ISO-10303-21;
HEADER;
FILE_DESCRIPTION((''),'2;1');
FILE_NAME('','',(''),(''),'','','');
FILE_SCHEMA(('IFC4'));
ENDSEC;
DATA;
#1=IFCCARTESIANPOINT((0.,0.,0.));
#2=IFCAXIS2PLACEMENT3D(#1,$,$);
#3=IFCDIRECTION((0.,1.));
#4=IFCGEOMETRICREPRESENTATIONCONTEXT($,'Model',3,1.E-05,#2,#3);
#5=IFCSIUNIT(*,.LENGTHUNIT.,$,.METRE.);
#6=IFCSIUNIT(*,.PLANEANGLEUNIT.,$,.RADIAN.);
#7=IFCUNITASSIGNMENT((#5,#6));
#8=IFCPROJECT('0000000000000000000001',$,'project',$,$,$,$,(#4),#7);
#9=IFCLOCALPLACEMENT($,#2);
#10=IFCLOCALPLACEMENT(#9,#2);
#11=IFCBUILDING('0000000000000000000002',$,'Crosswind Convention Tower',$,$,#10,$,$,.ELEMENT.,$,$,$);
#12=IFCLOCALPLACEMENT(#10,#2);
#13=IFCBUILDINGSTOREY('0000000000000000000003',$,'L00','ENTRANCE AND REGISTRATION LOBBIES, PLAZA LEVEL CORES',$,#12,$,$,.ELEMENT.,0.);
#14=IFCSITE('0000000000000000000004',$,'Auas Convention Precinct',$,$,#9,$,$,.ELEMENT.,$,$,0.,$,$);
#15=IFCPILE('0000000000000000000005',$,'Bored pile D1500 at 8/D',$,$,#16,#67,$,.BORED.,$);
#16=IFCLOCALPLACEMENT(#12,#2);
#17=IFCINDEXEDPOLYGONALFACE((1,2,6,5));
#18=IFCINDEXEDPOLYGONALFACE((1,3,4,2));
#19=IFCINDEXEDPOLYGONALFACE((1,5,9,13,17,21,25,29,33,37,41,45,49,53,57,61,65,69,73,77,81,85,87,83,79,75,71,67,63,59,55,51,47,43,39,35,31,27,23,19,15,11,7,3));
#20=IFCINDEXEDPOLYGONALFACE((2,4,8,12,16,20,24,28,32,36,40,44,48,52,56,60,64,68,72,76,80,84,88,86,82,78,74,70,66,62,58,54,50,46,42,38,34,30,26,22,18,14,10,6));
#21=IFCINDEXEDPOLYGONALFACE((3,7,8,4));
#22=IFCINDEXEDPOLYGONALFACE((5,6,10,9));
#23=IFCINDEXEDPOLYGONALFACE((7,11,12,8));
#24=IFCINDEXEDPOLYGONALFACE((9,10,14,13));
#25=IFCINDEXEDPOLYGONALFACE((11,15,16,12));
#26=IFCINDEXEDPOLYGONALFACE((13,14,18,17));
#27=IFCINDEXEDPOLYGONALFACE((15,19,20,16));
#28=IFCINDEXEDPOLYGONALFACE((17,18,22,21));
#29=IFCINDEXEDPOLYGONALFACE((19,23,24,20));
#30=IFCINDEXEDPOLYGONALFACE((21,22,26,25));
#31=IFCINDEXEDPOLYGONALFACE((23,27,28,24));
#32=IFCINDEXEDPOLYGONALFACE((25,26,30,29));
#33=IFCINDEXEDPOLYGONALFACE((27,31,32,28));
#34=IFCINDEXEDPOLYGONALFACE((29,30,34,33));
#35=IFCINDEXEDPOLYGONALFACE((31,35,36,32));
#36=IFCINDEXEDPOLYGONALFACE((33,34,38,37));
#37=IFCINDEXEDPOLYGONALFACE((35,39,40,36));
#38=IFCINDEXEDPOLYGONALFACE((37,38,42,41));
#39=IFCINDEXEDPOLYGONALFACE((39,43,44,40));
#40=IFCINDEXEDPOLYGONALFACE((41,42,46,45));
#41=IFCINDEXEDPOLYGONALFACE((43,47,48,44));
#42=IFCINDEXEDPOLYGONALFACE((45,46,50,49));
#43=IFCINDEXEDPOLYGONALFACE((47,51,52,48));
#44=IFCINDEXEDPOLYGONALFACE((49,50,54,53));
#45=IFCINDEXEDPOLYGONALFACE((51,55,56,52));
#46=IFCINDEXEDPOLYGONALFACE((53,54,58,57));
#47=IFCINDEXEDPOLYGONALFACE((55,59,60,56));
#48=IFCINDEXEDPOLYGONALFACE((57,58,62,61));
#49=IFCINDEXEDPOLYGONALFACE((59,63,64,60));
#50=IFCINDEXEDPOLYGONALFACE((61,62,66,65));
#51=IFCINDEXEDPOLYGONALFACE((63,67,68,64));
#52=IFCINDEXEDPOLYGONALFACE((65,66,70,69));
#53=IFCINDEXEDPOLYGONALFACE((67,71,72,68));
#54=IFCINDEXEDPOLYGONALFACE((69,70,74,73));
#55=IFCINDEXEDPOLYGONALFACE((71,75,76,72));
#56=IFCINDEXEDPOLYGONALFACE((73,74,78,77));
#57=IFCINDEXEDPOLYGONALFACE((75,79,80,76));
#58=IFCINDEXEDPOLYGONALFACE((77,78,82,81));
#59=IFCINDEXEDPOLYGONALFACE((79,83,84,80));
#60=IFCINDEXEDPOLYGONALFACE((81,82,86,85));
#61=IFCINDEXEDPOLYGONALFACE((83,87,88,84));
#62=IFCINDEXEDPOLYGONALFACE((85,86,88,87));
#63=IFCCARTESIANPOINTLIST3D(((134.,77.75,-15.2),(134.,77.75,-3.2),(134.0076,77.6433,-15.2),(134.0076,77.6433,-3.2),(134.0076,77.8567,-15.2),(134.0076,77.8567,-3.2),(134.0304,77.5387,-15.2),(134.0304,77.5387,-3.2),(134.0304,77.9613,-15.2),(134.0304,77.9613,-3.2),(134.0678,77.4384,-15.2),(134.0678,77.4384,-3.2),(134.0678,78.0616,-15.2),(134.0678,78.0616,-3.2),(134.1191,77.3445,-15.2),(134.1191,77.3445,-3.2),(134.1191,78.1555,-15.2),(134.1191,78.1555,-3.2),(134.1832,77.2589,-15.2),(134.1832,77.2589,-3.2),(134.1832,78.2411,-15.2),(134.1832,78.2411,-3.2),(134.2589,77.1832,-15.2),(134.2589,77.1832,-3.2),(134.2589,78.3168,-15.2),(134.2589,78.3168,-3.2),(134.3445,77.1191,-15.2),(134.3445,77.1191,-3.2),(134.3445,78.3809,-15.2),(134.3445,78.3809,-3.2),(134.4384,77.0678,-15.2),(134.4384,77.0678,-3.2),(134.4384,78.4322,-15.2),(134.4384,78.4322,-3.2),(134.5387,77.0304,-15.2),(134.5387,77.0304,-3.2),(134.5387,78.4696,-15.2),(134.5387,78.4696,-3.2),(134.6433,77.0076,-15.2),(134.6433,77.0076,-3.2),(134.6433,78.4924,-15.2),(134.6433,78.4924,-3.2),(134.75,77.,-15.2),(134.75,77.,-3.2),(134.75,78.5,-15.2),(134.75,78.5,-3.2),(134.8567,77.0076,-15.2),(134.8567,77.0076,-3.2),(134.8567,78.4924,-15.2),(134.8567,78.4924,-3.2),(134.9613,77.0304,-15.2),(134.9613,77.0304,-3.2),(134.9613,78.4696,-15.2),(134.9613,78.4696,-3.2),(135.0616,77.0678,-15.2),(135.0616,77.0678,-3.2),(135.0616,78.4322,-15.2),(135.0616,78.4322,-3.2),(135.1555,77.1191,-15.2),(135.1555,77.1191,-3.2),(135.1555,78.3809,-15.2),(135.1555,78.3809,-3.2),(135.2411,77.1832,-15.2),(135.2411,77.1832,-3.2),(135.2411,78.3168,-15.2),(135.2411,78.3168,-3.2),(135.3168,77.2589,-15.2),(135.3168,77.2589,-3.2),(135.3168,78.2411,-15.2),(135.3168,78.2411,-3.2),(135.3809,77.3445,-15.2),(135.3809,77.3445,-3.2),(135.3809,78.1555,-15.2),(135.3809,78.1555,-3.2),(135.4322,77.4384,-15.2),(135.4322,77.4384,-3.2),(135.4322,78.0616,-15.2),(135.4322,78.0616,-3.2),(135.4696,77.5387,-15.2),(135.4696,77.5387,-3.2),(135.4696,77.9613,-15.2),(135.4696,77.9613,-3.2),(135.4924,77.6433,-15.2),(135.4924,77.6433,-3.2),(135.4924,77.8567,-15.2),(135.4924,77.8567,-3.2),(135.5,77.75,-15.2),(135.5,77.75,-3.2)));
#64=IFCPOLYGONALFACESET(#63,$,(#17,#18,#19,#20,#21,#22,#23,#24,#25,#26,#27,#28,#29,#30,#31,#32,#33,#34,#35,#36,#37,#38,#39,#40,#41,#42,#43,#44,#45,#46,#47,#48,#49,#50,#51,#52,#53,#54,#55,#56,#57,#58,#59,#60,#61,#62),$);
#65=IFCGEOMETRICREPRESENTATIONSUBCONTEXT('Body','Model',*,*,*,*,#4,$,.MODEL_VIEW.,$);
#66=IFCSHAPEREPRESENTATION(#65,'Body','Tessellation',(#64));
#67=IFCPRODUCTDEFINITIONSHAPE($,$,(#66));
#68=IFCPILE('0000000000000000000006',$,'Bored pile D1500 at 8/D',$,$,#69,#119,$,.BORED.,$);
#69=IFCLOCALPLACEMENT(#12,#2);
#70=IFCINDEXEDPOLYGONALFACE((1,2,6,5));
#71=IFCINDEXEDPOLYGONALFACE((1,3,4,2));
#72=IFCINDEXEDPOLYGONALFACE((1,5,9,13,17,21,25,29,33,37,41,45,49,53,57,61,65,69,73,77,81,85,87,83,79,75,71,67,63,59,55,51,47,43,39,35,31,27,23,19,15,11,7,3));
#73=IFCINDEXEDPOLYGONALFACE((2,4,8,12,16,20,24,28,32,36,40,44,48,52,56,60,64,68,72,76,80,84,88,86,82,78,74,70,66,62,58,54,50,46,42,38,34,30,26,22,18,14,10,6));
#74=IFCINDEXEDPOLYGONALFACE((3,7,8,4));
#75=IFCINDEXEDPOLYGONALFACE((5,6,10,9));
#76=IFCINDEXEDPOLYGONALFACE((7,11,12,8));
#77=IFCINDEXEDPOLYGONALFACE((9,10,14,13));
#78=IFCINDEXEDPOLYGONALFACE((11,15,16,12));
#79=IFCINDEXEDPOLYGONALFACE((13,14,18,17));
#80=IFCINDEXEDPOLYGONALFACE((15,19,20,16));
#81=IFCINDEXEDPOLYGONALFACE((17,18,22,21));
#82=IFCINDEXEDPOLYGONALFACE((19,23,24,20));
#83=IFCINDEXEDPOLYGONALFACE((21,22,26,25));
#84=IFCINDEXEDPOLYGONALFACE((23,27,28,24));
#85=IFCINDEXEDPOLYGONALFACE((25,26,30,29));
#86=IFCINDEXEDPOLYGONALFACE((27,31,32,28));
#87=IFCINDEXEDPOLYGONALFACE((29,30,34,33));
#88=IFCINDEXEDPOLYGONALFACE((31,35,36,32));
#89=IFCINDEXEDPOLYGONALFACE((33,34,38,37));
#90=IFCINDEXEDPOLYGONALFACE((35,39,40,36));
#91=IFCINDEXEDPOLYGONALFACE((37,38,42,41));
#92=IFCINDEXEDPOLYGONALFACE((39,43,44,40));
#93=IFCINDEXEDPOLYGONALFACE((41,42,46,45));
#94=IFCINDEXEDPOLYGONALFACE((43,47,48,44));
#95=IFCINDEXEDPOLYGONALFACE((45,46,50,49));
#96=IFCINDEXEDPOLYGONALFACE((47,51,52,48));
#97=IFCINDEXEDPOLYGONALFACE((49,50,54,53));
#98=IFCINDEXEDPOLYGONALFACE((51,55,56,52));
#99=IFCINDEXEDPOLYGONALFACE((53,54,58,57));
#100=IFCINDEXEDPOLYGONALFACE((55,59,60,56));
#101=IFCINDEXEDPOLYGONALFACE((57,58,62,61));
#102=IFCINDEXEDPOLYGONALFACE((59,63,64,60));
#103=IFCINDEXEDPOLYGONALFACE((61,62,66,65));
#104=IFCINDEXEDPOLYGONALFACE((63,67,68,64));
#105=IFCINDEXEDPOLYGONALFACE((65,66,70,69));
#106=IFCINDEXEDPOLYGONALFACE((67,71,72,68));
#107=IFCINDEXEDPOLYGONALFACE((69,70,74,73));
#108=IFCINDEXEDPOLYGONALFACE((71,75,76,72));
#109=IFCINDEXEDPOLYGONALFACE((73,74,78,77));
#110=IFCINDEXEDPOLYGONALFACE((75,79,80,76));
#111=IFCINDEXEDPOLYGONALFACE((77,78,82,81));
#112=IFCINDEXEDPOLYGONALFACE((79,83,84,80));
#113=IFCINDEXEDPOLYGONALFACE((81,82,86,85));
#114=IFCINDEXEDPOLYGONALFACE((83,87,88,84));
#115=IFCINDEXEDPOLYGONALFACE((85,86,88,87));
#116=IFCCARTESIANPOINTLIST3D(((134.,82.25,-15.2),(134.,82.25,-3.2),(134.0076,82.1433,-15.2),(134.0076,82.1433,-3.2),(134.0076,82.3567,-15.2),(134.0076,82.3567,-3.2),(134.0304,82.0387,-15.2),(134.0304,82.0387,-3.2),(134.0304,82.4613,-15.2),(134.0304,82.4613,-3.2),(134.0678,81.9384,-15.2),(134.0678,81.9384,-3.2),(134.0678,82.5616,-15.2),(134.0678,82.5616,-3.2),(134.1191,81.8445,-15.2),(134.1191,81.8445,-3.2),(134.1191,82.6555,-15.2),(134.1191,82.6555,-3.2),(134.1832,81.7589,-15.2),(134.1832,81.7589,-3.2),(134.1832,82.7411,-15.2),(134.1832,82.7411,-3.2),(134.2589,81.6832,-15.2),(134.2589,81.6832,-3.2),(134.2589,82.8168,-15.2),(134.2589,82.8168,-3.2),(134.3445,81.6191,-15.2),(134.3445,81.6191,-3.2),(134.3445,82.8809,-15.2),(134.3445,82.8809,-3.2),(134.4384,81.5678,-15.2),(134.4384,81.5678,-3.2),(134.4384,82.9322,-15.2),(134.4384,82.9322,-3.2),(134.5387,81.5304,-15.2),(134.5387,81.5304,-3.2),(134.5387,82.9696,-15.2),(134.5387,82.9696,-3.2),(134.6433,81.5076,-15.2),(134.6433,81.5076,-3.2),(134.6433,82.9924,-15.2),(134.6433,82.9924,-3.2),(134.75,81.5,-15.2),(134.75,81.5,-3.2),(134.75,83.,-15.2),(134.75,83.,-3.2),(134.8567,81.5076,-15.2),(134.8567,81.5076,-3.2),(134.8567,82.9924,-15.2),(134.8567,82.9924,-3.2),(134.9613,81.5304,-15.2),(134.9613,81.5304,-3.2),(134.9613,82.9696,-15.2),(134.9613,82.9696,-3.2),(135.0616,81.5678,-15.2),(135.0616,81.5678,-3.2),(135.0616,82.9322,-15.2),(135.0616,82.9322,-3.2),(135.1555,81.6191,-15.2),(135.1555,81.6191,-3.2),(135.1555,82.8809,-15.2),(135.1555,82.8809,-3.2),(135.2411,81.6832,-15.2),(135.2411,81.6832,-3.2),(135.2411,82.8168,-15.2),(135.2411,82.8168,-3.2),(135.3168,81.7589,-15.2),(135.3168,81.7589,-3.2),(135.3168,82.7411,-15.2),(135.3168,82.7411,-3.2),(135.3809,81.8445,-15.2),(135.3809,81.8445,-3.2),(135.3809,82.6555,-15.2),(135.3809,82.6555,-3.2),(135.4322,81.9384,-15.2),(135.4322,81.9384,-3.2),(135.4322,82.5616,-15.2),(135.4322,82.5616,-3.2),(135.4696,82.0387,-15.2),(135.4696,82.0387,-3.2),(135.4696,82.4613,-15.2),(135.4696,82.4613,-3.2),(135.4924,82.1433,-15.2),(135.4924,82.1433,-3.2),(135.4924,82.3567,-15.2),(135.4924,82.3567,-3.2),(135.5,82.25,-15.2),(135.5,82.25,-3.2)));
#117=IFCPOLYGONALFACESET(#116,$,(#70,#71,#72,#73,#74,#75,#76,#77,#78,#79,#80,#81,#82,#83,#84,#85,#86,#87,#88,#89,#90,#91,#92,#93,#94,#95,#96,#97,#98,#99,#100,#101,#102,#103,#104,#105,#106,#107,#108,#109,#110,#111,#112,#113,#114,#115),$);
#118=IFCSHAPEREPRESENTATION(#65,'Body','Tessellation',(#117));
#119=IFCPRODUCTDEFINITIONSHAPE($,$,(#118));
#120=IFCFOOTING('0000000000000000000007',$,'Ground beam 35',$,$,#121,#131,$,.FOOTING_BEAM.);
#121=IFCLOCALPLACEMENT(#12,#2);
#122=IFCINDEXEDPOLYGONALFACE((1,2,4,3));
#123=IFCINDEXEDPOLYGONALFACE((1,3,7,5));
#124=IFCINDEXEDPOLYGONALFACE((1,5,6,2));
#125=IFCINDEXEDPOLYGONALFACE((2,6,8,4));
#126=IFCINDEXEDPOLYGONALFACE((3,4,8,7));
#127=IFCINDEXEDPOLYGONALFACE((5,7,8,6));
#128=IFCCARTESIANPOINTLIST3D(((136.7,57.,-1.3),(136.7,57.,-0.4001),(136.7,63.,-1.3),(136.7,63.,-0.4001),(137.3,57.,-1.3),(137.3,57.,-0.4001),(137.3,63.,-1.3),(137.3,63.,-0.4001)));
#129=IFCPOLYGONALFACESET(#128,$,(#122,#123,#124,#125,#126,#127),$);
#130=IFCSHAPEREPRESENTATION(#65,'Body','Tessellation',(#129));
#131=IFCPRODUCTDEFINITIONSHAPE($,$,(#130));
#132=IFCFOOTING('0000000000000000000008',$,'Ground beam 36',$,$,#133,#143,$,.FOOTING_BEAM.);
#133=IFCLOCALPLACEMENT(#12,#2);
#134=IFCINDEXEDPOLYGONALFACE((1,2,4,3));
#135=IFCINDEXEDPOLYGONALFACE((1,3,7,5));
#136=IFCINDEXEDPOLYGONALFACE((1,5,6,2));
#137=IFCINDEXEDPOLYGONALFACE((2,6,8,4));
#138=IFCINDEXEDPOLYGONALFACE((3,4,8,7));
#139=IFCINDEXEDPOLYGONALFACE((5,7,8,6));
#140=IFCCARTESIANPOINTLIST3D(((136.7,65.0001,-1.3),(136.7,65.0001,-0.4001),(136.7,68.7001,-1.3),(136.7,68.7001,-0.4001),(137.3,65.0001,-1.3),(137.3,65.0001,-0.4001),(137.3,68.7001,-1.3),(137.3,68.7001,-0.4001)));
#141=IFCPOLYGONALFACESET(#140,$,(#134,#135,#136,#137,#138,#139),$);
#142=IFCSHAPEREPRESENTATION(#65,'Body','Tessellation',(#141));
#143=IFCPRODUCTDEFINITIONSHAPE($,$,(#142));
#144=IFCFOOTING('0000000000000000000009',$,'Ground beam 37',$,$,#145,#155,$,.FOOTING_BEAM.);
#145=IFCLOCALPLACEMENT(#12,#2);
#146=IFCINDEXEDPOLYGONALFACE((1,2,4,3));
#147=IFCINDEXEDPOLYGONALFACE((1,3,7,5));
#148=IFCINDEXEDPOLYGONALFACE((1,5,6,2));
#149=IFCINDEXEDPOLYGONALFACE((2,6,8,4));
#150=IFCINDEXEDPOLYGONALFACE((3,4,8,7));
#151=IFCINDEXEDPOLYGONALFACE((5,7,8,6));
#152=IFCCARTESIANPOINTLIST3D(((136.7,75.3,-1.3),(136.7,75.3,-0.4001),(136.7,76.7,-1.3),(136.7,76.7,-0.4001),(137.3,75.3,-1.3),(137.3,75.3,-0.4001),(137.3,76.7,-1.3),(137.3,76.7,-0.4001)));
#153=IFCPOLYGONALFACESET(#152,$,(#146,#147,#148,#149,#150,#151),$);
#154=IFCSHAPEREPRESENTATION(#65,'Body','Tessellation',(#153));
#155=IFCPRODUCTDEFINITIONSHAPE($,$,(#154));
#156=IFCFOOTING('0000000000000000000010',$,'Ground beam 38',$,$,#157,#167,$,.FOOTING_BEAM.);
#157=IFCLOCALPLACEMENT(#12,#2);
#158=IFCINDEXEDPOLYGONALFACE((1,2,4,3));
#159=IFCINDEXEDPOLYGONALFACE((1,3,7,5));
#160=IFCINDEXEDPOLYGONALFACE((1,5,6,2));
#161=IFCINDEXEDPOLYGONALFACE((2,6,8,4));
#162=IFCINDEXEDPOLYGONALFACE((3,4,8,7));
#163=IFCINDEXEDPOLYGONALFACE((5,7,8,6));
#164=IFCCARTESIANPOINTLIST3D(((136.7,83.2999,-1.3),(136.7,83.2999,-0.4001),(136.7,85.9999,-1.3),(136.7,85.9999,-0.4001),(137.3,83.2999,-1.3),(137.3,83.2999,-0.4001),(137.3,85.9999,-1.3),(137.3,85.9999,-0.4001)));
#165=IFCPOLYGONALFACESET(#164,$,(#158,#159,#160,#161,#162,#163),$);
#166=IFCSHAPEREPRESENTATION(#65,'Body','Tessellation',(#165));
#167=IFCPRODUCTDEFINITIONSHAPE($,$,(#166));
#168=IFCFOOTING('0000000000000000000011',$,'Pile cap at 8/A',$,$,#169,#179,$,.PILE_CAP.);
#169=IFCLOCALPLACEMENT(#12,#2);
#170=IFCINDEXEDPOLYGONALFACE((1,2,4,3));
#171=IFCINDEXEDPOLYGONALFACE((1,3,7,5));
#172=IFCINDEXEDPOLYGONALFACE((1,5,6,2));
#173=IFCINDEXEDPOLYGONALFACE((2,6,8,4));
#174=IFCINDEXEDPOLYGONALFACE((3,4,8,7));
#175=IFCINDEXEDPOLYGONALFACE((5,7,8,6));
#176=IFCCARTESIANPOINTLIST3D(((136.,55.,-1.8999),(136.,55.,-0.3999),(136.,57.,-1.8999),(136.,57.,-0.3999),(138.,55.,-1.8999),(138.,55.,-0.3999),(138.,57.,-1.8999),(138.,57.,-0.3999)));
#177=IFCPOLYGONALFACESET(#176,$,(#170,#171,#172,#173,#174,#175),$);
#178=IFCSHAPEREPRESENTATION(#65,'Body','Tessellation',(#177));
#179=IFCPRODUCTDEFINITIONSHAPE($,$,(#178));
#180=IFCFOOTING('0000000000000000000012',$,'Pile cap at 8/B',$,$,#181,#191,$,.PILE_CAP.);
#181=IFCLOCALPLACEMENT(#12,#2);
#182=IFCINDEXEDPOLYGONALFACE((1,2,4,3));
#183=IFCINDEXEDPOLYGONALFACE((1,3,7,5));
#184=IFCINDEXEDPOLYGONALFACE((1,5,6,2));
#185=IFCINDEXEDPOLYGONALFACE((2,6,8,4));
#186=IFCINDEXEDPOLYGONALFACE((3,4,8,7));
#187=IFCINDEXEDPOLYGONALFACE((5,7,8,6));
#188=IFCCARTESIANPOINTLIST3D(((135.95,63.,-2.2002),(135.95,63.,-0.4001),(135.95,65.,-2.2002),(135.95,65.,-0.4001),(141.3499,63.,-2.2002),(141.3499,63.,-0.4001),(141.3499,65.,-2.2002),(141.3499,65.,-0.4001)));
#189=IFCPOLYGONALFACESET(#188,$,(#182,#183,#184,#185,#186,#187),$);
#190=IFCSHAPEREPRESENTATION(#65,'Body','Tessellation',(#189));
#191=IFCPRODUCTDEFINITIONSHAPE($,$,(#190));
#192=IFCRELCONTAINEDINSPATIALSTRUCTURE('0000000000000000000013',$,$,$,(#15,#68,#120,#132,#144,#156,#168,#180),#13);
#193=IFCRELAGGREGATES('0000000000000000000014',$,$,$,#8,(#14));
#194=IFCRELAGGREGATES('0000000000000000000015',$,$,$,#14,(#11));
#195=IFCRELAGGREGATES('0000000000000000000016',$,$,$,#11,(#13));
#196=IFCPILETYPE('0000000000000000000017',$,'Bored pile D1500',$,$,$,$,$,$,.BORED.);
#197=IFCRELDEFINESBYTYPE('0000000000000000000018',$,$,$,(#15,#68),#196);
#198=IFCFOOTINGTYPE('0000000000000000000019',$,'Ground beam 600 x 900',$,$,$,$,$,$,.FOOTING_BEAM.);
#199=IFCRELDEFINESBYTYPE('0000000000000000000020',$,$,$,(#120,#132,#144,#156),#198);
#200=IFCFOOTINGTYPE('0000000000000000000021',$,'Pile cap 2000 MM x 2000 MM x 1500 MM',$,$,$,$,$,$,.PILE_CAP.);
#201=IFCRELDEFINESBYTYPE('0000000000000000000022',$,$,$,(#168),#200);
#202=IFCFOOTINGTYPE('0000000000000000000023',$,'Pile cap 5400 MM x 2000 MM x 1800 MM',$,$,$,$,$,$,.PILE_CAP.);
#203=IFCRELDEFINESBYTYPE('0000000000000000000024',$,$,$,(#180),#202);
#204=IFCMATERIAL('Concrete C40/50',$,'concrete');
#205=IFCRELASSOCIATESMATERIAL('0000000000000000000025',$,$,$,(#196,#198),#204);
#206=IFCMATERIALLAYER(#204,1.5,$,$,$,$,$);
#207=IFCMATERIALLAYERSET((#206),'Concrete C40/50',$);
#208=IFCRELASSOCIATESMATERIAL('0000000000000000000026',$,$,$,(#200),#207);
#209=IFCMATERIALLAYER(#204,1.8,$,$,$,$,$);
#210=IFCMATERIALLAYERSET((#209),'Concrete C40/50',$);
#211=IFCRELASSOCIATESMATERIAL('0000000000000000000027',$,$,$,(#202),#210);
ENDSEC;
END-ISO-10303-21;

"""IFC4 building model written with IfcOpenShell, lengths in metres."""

from ifc_helpers import new_model, si_unit, direction, frame, origin, origin_2d, place, context, subcontext, project, spatial, rectangle, circle, extrude, material, layer, layer_set, material_profile, profile_set, type_object, element, save


model = new_model("IFC4")

# Units and contexts
model_context = context("Model", 3, precision=1e-05, world=origin(), true_north=direction((0.0, 1.0)))
body_context = subcontext(model_context, "Body", "Model", "MODEL_VIEW")
ifc_project = project(units=[si_unit("LENGTHUNIT", "METRE"), si_unit("PLANEANGLEUNIT", "RADIAN")], contexts=[model_context])

# Site, building, storey
site_placement = place(None, origin())
site = spatial("IfcSite", under=ifc_project, at=site_placement, Name="Auas Convention Precinct", CompositionType="ELEMENT", RefElevation=0.0)
building_placement = place(site_placement, origin())
building = spatial("IfcBuilding", under=site, at=building_placement, Name="Crosswind Convention Tower", CompositionType="ELEMENT")
storey_placement = place(building_placement, origin())
storey = spatial("IfcBuildingStorey", under=building, at=storey_placement, Name="L00", Description="ENTRANCE AND REGISTRATION LOBBIES, PLAZA LEVEL CORES", CompositionType="ELEMENT", Elevation=0.0)

# Piles
ifc_material_1 = material(Name="Concrete C40/50", Category="concrete")
ifc_material_profile_1 = material_profile(ifc_material_1, circle(Radius=0.75, at=origin_2d()), Name="Bored pile D1500")
ifc_profile_set_1 = profile_set([ifc_material_profile_1], Name="Concrete C40/50")
pile_type_1 = type_object("IfcPileType", Name="Bored pile D1500", PredefinedType="BORED", material=ifc_profile_set_1)
for number, where, z_axis, x_axis, name in (
    (1, (134.75, 77.75, -3.2), (0.0, 0.0, -1.0), (1.0, 0.0, 0.0), "Bored pile D1500 at 8/D"),
    (2, (134.75, 82.25, -3.2), (0.0, 0.0, -1.0), (1.0, 0.0, 0.0), "Bored pile D1500 at 8/D"),
):
    element("IfcPile", number, at=place(storey_placement, frame(where, z_axis=z_axis, x_axis=x_axis)), inside=storey, type_object=pile_type_1, Name=name, PredefinedType="BORED", context=body_context, shape_type="SweptSolid", body=[
        extrude(circle(Radius=0.75, at=origin_2d()), origin(), (0.0, 0.0, 1.0), 12.0),
    ])

# Footings
footing_type_1 = type_object("IfcFootingType", Name="Ground beam 600 x 900", PredefinedType="FOOTING_BEAM", material=ifc_material_1)
footing_1_placement = place(storey_placement, frame((137.0, 60.0, -1.3), z_axis=(0.0, 0.0, 1.0), x_axis=(1.0, 0.0, 0.0)))
element("IfcFooting", 3, at=footing_1_placement, inside=storey, type_object=footing_type_1, Name="Ground beam 35", PredefinedType="FOOTING_BEAM", context=body_context, shape_type="SweptSolid", body=[
    extrude(rectangle(XDim=0.6001, YDim=6.0, at=origin_2d()), origin(), (0.0, 0.0, 1.0), 0.8999),
])
footing_2_placement = place(storey_placement, frame((137.0, 66.8501, -1.3), z_axis=(0.0, 0.0, 1.0), x_axis=(1.0, 0.0, 0.0)))
element("IfcFooting", 4, at=footing_2_placement, inside=storey, type_object=footing_type_1, Name="Ground beam 36", PredefinedType="FOOTING_BEAM", context=body_context, shape_type="SweptSolid", body=[
    extrude(rectangle(XDim=0.6001, YDim=3.7, at=origin_2d()), origin(), (0.0, 0.0, 1.0), 0.8999),
])
footing_3_placement = place(storey_placement, frame((137.0, 76.0, -1.3), z_axis=(0.0, 0.0, 1.0), x_axis=(1.0, 0.0, 0.0)))
element("IfcFooting", 5, at=footing_3_placement, inside=storey, type_object=footing_type_1, Name="Ground beam 37", PredefinedType="FOOTING_BEAM", context=body_context, shape_type="SweptSolid", body=[
    extrude(rectangle(XDim=0.6001, YDim=1.3999, at=origin_2d()), origin(), (0.0, 0.0, 1.0), 0.8999),
])
footing_4_placement = place(storey_placement, frame((137.0, 84.6499, -1.3), z_axis=(0.0, 0.0, 1.0), x_axis=(1.0, 0.0, 0.0)))
element("IfcFooting", 6, at=footing_4_placement, inside=storey, type_object=footing_type_1, Name="Ground beam 38", PredefinedType="FOOTING_BEAM", context=body_context, shape_type="SweptSolid", body=[
    extrude(rectangle(XDim=0.6001, YDim=2.7, at=origin_2d()), origin(), (0.0, 0.0, 1.0), 0.8999),
])
ifc_layer_1 = layer(ifc_material_1, 1.5)
ifc_layer_set_1 = layer_set([ifc_layer_1], Name="Concrete C40/50")
footing_type_2 = type_object("IfcFootingType", Name="Pile cap 2000 MM x 2000 MM x 1500 MM", PredefinedType="PILE_CAP", material=ifc_layer_set_1)
footing_5_placement = place(storey_placement, frame((137.0, 56.0, -1.8999), z_axis=(0.0, 0.0, 1.0), x_axis=(1.0, 0.0, 0.0)))
element("IfcFooting", 7, at=footing_5_placement, inside=storey, type_object=footing_type_2, Name="Pile cap at 8/A", PredefinedType="PILE_CAP", context=body_context, shape_type="SweptSolid", body=[
    extrude(rectangle(XDim=2.0, YDim=2.0, at=origin_2d()), origin(), (0.0, 0.0, 1.0), 1.5),
])
ifc_layer_2 = layer(ifc_material_1, 1.8)
ifc_layer_set_2 = layer_set([ifc_layer_2], Name="Concrete C40/50")
footing_type_3 = type_object("IfcFootingType", Name="Pile cap 5400 MM x 2000 MM x 1800 MM", PredefinedType="PILE_CAP", material=ifc_layer_set_2)
footing_6_placement = place(storey_placement, frame((138.6499, 64.0, -2.2002), z_axis=(0.0, 0.0, 1.0), x_axis=(1.0, 0.0, 0.0)))
element("IfcFooting", 8, at=footing_6_placement, inside=storey, type_object=footing_type_3, Name="Pile cap at 8/B", PredefinedType="PILE_CAP", context=body_context, shape_type="SweptSolid", body=[
    extrude(rectangle(XDim=5.3999, YDim=2.0, at=origin_2d()), origin(), (0.0, 0.0, 1.0), 1.8),
])

save(model, "model.ifc")
